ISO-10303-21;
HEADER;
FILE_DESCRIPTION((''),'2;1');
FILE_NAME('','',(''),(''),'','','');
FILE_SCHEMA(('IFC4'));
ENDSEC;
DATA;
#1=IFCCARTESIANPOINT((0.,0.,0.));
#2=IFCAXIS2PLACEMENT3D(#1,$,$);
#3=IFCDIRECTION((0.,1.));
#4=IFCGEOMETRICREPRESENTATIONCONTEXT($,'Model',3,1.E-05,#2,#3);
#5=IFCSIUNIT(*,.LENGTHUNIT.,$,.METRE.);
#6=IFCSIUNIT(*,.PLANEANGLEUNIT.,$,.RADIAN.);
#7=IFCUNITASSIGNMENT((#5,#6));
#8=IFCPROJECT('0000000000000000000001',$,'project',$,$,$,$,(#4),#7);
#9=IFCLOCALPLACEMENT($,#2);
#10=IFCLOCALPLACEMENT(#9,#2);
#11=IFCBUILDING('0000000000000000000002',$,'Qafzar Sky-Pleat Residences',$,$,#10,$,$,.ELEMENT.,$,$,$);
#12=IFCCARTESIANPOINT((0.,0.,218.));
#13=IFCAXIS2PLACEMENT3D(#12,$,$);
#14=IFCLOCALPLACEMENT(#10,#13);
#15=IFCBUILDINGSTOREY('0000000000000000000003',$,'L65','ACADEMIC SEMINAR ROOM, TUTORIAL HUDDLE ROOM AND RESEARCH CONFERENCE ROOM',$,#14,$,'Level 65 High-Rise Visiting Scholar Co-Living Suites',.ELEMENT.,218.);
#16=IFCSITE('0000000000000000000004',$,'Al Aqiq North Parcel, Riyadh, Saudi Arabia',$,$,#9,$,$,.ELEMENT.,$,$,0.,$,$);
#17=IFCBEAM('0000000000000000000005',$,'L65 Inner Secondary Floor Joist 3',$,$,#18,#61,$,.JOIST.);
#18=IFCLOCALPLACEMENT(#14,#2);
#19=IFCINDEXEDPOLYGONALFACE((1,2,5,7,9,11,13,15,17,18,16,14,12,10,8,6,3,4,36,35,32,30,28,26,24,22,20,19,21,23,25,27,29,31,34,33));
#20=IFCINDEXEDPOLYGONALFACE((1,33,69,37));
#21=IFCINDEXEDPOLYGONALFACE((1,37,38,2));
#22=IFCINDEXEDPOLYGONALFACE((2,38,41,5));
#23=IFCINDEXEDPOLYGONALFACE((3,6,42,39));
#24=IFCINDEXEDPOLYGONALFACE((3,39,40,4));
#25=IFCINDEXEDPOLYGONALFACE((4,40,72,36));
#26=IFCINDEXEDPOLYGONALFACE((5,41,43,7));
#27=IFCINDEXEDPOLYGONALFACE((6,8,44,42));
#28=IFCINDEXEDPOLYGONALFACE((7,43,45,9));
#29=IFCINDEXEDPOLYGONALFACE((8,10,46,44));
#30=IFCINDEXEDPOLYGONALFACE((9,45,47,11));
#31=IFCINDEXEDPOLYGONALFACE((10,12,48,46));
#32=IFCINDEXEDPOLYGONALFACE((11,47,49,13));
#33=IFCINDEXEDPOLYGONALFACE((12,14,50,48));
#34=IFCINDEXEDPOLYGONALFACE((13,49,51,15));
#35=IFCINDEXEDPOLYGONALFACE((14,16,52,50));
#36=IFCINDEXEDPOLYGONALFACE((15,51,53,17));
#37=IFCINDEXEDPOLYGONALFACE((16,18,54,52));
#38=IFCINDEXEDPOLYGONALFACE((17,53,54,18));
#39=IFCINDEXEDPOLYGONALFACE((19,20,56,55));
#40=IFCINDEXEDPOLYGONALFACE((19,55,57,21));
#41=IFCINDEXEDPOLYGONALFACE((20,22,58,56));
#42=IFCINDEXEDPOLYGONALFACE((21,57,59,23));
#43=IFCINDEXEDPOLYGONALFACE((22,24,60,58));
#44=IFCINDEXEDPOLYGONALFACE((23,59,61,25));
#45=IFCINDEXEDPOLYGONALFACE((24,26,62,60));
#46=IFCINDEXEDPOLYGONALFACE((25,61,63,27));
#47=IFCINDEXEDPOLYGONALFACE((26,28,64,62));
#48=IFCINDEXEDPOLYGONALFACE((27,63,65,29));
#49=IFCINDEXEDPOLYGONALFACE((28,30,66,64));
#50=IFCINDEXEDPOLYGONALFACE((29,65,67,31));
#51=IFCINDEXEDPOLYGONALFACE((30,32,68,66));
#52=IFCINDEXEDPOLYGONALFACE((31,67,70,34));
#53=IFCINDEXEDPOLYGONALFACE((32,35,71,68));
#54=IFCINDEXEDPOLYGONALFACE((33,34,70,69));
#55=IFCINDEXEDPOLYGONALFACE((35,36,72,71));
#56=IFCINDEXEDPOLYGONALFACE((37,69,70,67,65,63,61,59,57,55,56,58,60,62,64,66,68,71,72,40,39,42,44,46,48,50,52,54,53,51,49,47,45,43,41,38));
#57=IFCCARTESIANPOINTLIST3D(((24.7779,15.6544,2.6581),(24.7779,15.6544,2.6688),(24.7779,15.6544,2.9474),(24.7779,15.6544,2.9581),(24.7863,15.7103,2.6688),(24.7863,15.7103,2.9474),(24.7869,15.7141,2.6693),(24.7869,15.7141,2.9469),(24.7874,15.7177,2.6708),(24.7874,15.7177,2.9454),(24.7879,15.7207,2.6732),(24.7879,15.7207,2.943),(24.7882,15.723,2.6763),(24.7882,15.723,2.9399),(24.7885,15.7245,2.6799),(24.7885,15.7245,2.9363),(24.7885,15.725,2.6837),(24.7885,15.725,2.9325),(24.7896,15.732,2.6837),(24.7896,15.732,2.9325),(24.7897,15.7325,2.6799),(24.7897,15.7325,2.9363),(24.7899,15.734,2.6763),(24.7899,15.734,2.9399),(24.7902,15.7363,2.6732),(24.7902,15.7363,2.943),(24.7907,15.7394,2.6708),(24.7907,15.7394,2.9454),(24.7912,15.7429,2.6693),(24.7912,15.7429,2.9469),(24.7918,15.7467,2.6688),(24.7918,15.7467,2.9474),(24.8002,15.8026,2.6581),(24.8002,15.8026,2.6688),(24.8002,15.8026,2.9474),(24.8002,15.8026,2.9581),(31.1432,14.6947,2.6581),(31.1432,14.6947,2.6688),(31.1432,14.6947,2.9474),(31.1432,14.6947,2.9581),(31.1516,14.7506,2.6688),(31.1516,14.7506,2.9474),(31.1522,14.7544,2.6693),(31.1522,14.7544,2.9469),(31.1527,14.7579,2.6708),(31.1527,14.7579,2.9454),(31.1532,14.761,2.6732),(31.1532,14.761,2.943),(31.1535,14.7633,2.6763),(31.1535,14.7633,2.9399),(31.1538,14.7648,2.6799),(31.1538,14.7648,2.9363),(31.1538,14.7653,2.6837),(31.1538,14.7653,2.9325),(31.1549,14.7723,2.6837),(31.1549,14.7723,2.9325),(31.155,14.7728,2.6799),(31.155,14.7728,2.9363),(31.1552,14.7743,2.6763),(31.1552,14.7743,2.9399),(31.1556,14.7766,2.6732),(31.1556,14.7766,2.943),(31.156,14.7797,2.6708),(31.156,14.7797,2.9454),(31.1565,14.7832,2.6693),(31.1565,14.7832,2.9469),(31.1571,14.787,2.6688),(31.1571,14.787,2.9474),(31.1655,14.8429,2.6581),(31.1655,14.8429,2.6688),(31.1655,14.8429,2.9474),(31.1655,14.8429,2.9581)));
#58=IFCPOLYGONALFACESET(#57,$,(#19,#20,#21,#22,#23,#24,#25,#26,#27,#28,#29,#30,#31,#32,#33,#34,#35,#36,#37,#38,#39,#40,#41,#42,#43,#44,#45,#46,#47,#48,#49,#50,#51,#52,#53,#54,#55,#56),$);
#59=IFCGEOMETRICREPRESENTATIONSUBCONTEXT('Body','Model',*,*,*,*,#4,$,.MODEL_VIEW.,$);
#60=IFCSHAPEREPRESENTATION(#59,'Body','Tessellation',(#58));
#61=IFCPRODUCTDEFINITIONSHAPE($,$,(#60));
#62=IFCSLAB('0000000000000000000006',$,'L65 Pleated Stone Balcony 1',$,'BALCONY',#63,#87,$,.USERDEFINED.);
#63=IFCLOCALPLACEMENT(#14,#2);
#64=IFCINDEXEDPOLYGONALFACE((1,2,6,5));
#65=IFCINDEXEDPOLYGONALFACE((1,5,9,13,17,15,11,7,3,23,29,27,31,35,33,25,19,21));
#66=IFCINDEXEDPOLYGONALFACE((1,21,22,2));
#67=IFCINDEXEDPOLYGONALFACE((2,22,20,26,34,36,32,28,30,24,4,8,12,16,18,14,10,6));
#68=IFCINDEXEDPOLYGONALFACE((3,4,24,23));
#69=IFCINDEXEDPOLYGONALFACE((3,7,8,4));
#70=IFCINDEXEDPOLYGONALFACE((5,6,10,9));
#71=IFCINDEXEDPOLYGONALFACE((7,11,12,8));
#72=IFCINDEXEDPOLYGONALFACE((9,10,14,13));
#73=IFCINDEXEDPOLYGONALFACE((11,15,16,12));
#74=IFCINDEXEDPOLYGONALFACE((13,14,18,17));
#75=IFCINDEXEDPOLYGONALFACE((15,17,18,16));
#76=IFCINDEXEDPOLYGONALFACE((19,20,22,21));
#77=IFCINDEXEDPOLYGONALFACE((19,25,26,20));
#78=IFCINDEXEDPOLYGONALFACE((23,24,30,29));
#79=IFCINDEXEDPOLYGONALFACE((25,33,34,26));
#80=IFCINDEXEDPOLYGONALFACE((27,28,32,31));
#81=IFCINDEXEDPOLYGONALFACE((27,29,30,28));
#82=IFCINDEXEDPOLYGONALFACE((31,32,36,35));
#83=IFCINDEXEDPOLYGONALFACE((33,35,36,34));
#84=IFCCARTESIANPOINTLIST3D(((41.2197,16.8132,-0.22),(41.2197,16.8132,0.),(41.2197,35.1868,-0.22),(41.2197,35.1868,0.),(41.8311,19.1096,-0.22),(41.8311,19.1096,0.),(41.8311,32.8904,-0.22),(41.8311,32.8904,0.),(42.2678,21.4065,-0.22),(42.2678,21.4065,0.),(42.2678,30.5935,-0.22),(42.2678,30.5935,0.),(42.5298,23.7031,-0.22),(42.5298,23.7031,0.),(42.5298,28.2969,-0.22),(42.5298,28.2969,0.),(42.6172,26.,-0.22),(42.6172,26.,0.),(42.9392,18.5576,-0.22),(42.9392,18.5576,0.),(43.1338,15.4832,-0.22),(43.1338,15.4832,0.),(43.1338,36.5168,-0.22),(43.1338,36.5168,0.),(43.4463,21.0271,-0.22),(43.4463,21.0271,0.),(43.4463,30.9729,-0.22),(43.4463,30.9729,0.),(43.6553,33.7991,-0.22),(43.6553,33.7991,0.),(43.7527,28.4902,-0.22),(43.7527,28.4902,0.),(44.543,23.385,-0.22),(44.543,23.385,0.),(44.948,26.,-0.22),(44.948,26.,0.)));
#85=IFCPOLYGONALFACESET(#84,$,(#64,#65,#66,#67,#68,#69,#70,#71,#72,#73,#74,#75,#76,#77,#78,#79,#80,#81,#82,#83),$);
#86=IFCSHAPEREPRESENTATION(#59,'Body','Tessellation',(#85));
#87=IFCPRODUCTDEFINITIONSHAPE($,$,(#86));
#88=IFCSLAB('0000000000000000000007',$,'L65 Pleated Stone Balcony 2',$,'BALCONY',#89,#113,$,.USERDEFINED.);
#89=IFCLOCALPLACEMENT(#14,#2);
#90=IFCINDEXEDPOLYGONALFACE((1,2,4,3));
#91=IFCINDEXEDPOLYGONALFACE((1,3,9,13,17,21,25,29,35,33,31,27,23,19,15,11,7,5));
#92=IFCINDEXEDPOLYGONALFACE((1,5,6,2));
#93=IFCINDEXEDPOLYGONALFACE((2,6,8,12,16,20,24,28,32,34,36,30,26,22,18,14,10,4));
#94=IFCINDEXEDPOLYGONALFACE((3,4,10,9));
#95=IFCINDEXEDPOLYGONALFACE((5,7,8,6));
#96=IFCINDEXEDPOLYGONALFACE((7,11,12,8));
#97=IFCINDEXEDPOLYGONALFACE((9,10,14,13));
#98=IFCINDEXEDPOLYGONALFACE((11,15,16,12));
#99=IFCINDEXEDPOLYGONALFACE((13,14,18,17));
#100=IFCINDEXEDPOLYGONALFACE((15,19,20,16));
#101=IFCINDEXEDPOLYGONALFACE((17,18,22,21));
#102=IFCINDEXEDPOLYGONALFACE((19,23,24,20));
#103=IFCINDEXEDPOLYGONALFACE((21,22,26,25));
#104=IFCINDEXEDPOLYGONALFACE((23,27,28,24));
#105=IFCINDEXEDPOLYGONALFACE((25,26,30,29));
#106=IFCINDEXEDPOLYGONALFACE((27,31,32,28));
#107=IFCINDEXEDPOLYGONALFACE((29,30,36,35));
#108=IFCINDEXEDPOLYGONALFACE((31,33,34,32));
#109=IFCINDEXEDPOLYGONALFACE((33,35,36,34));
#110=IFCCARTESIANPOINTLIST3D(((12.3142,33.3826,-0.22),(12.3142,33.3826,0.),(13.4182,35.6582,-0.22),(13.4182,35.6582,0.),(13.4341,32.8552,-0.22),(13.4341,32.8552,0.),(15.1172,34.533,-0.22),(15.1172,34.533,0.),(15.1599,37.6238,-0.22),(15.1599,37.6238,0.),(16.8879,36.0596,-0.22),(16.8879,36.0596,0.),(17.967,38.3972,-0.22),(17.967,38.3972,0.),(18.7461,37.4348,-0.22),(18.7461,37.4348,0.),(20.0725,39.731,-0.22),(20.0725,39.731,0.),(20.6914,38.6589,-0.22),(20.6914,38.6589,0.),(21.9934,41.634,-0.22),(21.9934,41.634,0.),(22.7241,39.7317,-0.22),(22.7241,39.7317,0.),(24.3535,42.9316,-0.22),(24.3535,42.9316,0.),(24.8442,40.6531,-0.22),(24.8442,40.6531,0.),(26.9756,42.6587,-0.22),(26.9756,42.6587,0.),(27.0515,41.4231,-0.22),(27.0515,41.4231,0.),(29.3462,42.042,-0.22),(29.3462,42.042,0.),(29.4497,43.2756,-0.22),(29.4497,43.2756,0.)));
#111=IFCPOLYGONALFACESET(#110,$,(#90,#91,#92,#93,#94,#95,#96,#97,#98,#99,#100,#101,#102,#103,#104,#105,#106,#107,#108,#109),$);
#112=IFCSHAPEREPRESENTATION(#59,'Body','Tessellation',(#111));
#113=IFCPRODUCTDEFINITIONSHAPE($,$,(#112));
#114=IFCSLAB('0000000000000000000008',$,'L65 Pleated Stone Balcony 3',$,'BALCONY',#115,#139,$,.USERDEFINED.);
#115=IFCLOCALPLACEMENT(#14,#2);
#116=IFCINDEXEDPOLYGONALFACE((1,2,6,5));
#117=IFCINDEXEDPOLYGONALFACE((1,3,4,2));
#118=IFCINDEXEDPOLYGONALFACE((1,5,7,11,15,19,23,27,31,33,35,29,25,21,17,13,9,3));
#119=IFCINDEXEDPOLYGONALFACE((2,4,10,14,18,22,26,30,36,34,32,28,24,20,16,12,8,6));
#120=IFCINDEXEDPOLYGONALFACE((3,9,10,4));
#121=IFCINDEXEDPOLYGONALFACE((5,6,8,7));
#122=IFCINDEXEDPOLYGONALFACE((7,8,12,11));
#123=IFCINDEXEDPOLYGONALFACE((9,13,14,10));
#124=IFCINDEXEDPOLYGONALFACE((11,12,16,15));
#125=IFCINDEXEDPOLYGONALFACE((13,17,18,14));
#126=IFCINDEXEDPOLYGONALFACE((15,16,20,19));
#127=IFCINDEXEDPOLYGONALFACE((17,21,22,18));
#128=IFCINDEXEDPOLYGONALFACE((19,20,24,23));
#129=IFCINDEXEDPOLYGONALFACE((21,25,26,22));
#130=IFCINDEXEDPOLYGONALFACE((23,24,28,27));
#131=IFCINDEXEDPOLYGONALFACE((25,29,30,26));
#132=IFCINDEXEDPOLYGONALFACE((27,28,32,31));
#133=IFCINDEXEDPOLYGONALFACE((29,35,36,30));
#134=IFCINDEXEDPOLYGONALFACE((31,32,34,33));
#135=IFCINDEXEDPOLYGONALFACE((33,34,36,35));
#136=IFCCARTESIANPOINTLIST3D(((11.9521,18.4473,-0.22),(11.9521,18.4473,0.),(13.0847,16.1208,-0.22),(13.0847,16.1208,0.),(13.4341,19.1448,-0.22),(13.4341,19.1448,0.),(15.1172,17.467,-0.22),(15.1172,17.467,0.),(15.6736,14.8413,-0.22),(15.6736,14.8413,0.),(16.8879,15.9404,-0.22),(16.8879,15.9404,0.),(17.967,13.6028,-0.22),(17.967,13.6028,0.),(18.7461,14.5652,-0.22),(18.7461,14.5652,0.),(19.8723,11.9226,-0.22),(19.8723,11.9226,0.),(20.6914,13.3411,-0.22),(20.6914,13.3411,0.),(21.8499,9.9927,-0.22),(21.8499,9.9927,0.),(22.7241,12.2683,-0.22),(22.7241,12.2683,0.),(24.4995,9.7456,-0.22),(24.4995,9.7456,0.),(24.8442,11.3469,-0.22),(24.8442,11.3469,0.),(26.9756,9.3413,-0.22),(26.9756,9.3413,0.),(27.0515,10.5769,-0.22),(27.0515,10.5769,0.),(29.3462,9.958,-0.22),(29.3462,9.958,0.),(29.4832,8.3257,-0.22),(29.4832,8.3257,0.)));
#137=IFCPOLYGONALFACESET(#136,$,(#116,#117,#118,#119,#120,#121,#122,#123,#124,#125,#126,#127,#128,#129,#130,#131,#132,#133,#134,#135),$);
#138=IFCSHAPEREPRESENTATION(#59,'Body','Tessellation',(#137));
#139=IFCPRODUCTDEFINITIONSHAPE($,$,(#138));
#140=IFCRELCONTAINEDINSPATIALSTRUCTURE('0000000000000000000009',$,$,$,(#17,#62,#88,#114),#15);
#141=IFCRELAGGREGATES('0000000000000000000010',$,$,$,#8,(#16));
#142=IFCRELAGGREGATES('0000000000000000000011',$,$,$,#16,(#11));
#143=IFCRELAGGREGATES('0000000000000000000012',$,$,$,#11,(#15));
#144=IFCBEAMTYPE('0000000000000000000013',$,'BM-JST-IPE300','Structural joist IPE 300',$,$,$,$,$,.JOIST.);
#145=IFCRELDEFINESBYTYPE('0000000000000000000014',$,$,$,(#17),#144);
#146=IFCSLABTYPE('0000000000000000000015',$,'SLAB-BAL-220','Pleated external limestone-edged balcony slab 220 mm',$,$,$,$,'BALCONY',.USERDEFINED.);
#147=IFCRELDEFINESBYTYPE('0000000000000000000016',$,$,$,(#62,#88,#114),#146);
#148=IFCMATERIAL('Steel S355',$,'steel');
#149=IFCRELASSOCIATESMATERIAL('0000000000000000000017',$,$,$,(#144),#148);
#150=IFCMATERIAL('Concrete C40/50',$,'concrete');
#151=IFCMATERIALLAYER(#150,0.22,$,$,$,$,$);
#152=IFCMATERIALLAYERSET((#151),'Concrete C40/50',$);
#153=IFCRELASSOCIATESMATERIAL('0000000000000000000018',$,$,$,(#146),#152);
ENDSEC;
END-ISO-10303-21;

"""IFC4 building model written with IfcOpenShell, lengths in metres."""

from ifc_helpers import new_model, si_unit, direction, frame, origin, origin_2d, place, context, subcontext, project, spatial, polyline, i_section, outline, extrude, source, transform, mapped, material, layer, layer_set, material_profile, profile_set, type_object, element, save


model = new_model("IFC4")

# Units and contexts
model_context = context("Model", 3, precision=1e-05, world=origin(), true_north=direction((0.0, 1.0)))
body_context = subcontext(model_context, "Body", "Model", "MODEL_VIEW")
ifc_project = project(units=[si_unit("LENGTHUNIT", "METRE"), si_unit("PLANEANGLEUNIT", "RADIAN")], contexts=[model_context])

# Site, building, storey
site_placement = place(None, origin())
site = spatial("IfcSite", under=ifc_project, at=site_placement, Name="Al Aqiq North Parcel, Riyadh, Saudi Arabia", CompositionType="ELEMENT", RefElevation=0.0)
building_placement = place(site_placement, origin())
building = spatial("IfcBuilding", under=site, at=building_placement, Name="Qafzar Sky-Pleat Residences", CompositionType="ELEMENT")
storey_placement = place(building_placement, frame((0.0, 0.0, 218.0)))
storey = spatial("IfcBuildingStorey", under=building, at=storey_placement, Name="L65", Description="ACADEMIC SEMINAR ROOM, TUTORIAL HUDDLE ROOM AND RESEARCH CONFERENCE ROOM", LongName="Level 65 High-Rise Visiting Scholar Co-Living Suites", CompositionType="ELEMENT", Elevation=218.0)

# Shared definitions
ifc_material_1 = material(Name="Steel S355", Category="steel")

# Beam
ifc_material_profile_1 = material_profile(ifc_material_1, i_section(OverallWidth=0.1499, OverallDepth=0.3, WebThickness=0.0071, FlangeThickness=0.0107, FilletRadius=0.0149, at=origin_2d()), Name="IPE 300")
ifc_profile_set_1 = profile_set([ifc_material_profile_1], Name="Steel S355")
beam_type_1 = type_object("IfcBeamType", Name="BM-JST-IPE300", Description="Structural joist IPE 300", PredefinedType="JOIST", material=ifc_profile_set_1)
shared_shape_1 = source(origin(), body_context, "Body", "SweptSolid", [
    extrude(i_section(OverallWidth=0.1499, OverallDepth=0.3, WebThickness=0.0071, FlangeThickness=0.0107, FilletRadius=0.0149, at=origin_2d()), origin(), (0.0, 0.0, 1.0), 6.4373),
])
beam_1_placement = place(storey_placement, frame((24.7891, 15.7285, 2.8081), z_axis=(0.988824, -0.14909, 0.0), x_axis=(0.14909, 0.988824, 0.0)))
element("IfcBeam", 1, at=beam_1_placement, inside=storey, type_object=beam_type_1, Name="L65 Inner Secondary Floor Joist 3", PredefinedType="JOIST", context=body_context, shape_type="MappedRepresentation", body=[
    mapped(shared_shape_1, transform((0.0, 0.0, 0.0), x_axis=(1.0, 0.0, 0.0), y_axis=(0.0, 1.0, 0.0), z_axis=(0.0, 0.0, 1.0), scale=1.0)),
])

# Slabs
ifc_material_2 = material(Name="Concrete C40/50", Category="concrete")
ifc_layer_1 = layer(ifc_material_2, 0.22)
ifc_layer_set_1 = layer_set([ifc_layer_1], Name="Concrete C40/50")
slab_type_1 = type_object("IfcSlabType", Name="SLAB-BAL-220", Description="Pleated external limestone-edged balcony slab 220 mm", ElementType="BALCONY", PredefinedType="USERDEFINED", material=ifc_layer_set_1)
slab_1_placement = place(storey_placement, frame((0.0, 0.0, -0.22)))
element("IfcSlab", 2, at=slab_1_placement, inside=storey, type_object=slab_type_1, Name="L65 Pleated Stone Balcony 1", ObjectType="BALCONY", PredefinedType="USERDEFINED", context=body_context, shape_type="SweptSolid", body=[
    extrude(outline(polyline([(41.8311, 19.1096), (42.2678, 21.4065), (42.5298, 23.7031), (42.6172, 26.0), (42.5298, 28.2969), (42.2678, 30.5935), (41.8311, 32.8904), (41.2197, 35.1868), (43.1338, 36.5168), (43.6553, 33.7991), (43.4463, 30.9729), (43.7527, 28.4902), (44.948, 26.0), (44.543, 23.385), (43.4463, 21.0271), (42.9392, 18.5576), (43.1338, 15.4832), (41.2197, 16.8132), (41.8311, 19.1096)])), origin(), (0.0, 0.0, 1.0), 0.22),
])
slab_2_placement = place(storey_placement, frame((0.0, 0.0, -0.22)))
element("IfcSlab", 3, at=slab_2_placement, inside=storey, type_object=slab_type_1, Name="L65 Pleated Stone Balcony 2", ObjectType="BALCONY", PredefinedType="USERDEFINED", context=body_context, shape_type="SweptSolid", body=[
    extrude(outline(polyline([(27.0515, 41.4231), (24.8442, 40.6531), (22.7241, 39.7317), (20.6914, 38.6589), (18.7461, 37.4348), (16.8879, 36.0596), (15.1172, 34.533), (13.4341, 32.8552), (12.3142, 33.3826), (13.4182, 35.6582), (15.1599, 37.6238), (17.967, 38.3972), (20.0725, 39.731), (21.9934, 41.634), (24.3535, 42.9316), (26.9756, 42.6587), (29.4497, 43.2756), (29.3462, 42.042), (27.0515, 41.4231)])), origin(), (0.0, 0.0, 1.0), 0.22),
])
slab_3_placement = place(storey_placement, frame((0.0, 0.0, -0.22)))
element("IfcSlab", 4, at=slab_3_placement, inside=storey, type_object=slab_type_1, Name="L65 Pleated Stone Balcony 3", ObjectType="BALCONY", PredefinedType="USERDEFINED", context=body_context, shape_type="SweptSolid", body=[
    extrude(outline(polyline([(15.1172, 17.467), (16.8879, 15.9404), (18.7461, 14.5652), (20.6914, 13.3411), (22.7241, 12.2683), (24.8442, 11.3469), (27.0515, 10.5769), (29.3462, 9.958), (29.4832, 8.3257), (26.9756, 9.3413), (24.4995, 9.7456), (21.8499, 9.9927), (19.8723, 11.9226), (17.967, 13.6028), (15.6736, 14.8413), (13.0847, 16.1208), (11.9521, 18.4473), (13.4341, 19.1448), (15.1172, 17.467)])), origin(), (0.0, 0.0, 1.0), 0.22),
])

save(model, "model.ifc")
